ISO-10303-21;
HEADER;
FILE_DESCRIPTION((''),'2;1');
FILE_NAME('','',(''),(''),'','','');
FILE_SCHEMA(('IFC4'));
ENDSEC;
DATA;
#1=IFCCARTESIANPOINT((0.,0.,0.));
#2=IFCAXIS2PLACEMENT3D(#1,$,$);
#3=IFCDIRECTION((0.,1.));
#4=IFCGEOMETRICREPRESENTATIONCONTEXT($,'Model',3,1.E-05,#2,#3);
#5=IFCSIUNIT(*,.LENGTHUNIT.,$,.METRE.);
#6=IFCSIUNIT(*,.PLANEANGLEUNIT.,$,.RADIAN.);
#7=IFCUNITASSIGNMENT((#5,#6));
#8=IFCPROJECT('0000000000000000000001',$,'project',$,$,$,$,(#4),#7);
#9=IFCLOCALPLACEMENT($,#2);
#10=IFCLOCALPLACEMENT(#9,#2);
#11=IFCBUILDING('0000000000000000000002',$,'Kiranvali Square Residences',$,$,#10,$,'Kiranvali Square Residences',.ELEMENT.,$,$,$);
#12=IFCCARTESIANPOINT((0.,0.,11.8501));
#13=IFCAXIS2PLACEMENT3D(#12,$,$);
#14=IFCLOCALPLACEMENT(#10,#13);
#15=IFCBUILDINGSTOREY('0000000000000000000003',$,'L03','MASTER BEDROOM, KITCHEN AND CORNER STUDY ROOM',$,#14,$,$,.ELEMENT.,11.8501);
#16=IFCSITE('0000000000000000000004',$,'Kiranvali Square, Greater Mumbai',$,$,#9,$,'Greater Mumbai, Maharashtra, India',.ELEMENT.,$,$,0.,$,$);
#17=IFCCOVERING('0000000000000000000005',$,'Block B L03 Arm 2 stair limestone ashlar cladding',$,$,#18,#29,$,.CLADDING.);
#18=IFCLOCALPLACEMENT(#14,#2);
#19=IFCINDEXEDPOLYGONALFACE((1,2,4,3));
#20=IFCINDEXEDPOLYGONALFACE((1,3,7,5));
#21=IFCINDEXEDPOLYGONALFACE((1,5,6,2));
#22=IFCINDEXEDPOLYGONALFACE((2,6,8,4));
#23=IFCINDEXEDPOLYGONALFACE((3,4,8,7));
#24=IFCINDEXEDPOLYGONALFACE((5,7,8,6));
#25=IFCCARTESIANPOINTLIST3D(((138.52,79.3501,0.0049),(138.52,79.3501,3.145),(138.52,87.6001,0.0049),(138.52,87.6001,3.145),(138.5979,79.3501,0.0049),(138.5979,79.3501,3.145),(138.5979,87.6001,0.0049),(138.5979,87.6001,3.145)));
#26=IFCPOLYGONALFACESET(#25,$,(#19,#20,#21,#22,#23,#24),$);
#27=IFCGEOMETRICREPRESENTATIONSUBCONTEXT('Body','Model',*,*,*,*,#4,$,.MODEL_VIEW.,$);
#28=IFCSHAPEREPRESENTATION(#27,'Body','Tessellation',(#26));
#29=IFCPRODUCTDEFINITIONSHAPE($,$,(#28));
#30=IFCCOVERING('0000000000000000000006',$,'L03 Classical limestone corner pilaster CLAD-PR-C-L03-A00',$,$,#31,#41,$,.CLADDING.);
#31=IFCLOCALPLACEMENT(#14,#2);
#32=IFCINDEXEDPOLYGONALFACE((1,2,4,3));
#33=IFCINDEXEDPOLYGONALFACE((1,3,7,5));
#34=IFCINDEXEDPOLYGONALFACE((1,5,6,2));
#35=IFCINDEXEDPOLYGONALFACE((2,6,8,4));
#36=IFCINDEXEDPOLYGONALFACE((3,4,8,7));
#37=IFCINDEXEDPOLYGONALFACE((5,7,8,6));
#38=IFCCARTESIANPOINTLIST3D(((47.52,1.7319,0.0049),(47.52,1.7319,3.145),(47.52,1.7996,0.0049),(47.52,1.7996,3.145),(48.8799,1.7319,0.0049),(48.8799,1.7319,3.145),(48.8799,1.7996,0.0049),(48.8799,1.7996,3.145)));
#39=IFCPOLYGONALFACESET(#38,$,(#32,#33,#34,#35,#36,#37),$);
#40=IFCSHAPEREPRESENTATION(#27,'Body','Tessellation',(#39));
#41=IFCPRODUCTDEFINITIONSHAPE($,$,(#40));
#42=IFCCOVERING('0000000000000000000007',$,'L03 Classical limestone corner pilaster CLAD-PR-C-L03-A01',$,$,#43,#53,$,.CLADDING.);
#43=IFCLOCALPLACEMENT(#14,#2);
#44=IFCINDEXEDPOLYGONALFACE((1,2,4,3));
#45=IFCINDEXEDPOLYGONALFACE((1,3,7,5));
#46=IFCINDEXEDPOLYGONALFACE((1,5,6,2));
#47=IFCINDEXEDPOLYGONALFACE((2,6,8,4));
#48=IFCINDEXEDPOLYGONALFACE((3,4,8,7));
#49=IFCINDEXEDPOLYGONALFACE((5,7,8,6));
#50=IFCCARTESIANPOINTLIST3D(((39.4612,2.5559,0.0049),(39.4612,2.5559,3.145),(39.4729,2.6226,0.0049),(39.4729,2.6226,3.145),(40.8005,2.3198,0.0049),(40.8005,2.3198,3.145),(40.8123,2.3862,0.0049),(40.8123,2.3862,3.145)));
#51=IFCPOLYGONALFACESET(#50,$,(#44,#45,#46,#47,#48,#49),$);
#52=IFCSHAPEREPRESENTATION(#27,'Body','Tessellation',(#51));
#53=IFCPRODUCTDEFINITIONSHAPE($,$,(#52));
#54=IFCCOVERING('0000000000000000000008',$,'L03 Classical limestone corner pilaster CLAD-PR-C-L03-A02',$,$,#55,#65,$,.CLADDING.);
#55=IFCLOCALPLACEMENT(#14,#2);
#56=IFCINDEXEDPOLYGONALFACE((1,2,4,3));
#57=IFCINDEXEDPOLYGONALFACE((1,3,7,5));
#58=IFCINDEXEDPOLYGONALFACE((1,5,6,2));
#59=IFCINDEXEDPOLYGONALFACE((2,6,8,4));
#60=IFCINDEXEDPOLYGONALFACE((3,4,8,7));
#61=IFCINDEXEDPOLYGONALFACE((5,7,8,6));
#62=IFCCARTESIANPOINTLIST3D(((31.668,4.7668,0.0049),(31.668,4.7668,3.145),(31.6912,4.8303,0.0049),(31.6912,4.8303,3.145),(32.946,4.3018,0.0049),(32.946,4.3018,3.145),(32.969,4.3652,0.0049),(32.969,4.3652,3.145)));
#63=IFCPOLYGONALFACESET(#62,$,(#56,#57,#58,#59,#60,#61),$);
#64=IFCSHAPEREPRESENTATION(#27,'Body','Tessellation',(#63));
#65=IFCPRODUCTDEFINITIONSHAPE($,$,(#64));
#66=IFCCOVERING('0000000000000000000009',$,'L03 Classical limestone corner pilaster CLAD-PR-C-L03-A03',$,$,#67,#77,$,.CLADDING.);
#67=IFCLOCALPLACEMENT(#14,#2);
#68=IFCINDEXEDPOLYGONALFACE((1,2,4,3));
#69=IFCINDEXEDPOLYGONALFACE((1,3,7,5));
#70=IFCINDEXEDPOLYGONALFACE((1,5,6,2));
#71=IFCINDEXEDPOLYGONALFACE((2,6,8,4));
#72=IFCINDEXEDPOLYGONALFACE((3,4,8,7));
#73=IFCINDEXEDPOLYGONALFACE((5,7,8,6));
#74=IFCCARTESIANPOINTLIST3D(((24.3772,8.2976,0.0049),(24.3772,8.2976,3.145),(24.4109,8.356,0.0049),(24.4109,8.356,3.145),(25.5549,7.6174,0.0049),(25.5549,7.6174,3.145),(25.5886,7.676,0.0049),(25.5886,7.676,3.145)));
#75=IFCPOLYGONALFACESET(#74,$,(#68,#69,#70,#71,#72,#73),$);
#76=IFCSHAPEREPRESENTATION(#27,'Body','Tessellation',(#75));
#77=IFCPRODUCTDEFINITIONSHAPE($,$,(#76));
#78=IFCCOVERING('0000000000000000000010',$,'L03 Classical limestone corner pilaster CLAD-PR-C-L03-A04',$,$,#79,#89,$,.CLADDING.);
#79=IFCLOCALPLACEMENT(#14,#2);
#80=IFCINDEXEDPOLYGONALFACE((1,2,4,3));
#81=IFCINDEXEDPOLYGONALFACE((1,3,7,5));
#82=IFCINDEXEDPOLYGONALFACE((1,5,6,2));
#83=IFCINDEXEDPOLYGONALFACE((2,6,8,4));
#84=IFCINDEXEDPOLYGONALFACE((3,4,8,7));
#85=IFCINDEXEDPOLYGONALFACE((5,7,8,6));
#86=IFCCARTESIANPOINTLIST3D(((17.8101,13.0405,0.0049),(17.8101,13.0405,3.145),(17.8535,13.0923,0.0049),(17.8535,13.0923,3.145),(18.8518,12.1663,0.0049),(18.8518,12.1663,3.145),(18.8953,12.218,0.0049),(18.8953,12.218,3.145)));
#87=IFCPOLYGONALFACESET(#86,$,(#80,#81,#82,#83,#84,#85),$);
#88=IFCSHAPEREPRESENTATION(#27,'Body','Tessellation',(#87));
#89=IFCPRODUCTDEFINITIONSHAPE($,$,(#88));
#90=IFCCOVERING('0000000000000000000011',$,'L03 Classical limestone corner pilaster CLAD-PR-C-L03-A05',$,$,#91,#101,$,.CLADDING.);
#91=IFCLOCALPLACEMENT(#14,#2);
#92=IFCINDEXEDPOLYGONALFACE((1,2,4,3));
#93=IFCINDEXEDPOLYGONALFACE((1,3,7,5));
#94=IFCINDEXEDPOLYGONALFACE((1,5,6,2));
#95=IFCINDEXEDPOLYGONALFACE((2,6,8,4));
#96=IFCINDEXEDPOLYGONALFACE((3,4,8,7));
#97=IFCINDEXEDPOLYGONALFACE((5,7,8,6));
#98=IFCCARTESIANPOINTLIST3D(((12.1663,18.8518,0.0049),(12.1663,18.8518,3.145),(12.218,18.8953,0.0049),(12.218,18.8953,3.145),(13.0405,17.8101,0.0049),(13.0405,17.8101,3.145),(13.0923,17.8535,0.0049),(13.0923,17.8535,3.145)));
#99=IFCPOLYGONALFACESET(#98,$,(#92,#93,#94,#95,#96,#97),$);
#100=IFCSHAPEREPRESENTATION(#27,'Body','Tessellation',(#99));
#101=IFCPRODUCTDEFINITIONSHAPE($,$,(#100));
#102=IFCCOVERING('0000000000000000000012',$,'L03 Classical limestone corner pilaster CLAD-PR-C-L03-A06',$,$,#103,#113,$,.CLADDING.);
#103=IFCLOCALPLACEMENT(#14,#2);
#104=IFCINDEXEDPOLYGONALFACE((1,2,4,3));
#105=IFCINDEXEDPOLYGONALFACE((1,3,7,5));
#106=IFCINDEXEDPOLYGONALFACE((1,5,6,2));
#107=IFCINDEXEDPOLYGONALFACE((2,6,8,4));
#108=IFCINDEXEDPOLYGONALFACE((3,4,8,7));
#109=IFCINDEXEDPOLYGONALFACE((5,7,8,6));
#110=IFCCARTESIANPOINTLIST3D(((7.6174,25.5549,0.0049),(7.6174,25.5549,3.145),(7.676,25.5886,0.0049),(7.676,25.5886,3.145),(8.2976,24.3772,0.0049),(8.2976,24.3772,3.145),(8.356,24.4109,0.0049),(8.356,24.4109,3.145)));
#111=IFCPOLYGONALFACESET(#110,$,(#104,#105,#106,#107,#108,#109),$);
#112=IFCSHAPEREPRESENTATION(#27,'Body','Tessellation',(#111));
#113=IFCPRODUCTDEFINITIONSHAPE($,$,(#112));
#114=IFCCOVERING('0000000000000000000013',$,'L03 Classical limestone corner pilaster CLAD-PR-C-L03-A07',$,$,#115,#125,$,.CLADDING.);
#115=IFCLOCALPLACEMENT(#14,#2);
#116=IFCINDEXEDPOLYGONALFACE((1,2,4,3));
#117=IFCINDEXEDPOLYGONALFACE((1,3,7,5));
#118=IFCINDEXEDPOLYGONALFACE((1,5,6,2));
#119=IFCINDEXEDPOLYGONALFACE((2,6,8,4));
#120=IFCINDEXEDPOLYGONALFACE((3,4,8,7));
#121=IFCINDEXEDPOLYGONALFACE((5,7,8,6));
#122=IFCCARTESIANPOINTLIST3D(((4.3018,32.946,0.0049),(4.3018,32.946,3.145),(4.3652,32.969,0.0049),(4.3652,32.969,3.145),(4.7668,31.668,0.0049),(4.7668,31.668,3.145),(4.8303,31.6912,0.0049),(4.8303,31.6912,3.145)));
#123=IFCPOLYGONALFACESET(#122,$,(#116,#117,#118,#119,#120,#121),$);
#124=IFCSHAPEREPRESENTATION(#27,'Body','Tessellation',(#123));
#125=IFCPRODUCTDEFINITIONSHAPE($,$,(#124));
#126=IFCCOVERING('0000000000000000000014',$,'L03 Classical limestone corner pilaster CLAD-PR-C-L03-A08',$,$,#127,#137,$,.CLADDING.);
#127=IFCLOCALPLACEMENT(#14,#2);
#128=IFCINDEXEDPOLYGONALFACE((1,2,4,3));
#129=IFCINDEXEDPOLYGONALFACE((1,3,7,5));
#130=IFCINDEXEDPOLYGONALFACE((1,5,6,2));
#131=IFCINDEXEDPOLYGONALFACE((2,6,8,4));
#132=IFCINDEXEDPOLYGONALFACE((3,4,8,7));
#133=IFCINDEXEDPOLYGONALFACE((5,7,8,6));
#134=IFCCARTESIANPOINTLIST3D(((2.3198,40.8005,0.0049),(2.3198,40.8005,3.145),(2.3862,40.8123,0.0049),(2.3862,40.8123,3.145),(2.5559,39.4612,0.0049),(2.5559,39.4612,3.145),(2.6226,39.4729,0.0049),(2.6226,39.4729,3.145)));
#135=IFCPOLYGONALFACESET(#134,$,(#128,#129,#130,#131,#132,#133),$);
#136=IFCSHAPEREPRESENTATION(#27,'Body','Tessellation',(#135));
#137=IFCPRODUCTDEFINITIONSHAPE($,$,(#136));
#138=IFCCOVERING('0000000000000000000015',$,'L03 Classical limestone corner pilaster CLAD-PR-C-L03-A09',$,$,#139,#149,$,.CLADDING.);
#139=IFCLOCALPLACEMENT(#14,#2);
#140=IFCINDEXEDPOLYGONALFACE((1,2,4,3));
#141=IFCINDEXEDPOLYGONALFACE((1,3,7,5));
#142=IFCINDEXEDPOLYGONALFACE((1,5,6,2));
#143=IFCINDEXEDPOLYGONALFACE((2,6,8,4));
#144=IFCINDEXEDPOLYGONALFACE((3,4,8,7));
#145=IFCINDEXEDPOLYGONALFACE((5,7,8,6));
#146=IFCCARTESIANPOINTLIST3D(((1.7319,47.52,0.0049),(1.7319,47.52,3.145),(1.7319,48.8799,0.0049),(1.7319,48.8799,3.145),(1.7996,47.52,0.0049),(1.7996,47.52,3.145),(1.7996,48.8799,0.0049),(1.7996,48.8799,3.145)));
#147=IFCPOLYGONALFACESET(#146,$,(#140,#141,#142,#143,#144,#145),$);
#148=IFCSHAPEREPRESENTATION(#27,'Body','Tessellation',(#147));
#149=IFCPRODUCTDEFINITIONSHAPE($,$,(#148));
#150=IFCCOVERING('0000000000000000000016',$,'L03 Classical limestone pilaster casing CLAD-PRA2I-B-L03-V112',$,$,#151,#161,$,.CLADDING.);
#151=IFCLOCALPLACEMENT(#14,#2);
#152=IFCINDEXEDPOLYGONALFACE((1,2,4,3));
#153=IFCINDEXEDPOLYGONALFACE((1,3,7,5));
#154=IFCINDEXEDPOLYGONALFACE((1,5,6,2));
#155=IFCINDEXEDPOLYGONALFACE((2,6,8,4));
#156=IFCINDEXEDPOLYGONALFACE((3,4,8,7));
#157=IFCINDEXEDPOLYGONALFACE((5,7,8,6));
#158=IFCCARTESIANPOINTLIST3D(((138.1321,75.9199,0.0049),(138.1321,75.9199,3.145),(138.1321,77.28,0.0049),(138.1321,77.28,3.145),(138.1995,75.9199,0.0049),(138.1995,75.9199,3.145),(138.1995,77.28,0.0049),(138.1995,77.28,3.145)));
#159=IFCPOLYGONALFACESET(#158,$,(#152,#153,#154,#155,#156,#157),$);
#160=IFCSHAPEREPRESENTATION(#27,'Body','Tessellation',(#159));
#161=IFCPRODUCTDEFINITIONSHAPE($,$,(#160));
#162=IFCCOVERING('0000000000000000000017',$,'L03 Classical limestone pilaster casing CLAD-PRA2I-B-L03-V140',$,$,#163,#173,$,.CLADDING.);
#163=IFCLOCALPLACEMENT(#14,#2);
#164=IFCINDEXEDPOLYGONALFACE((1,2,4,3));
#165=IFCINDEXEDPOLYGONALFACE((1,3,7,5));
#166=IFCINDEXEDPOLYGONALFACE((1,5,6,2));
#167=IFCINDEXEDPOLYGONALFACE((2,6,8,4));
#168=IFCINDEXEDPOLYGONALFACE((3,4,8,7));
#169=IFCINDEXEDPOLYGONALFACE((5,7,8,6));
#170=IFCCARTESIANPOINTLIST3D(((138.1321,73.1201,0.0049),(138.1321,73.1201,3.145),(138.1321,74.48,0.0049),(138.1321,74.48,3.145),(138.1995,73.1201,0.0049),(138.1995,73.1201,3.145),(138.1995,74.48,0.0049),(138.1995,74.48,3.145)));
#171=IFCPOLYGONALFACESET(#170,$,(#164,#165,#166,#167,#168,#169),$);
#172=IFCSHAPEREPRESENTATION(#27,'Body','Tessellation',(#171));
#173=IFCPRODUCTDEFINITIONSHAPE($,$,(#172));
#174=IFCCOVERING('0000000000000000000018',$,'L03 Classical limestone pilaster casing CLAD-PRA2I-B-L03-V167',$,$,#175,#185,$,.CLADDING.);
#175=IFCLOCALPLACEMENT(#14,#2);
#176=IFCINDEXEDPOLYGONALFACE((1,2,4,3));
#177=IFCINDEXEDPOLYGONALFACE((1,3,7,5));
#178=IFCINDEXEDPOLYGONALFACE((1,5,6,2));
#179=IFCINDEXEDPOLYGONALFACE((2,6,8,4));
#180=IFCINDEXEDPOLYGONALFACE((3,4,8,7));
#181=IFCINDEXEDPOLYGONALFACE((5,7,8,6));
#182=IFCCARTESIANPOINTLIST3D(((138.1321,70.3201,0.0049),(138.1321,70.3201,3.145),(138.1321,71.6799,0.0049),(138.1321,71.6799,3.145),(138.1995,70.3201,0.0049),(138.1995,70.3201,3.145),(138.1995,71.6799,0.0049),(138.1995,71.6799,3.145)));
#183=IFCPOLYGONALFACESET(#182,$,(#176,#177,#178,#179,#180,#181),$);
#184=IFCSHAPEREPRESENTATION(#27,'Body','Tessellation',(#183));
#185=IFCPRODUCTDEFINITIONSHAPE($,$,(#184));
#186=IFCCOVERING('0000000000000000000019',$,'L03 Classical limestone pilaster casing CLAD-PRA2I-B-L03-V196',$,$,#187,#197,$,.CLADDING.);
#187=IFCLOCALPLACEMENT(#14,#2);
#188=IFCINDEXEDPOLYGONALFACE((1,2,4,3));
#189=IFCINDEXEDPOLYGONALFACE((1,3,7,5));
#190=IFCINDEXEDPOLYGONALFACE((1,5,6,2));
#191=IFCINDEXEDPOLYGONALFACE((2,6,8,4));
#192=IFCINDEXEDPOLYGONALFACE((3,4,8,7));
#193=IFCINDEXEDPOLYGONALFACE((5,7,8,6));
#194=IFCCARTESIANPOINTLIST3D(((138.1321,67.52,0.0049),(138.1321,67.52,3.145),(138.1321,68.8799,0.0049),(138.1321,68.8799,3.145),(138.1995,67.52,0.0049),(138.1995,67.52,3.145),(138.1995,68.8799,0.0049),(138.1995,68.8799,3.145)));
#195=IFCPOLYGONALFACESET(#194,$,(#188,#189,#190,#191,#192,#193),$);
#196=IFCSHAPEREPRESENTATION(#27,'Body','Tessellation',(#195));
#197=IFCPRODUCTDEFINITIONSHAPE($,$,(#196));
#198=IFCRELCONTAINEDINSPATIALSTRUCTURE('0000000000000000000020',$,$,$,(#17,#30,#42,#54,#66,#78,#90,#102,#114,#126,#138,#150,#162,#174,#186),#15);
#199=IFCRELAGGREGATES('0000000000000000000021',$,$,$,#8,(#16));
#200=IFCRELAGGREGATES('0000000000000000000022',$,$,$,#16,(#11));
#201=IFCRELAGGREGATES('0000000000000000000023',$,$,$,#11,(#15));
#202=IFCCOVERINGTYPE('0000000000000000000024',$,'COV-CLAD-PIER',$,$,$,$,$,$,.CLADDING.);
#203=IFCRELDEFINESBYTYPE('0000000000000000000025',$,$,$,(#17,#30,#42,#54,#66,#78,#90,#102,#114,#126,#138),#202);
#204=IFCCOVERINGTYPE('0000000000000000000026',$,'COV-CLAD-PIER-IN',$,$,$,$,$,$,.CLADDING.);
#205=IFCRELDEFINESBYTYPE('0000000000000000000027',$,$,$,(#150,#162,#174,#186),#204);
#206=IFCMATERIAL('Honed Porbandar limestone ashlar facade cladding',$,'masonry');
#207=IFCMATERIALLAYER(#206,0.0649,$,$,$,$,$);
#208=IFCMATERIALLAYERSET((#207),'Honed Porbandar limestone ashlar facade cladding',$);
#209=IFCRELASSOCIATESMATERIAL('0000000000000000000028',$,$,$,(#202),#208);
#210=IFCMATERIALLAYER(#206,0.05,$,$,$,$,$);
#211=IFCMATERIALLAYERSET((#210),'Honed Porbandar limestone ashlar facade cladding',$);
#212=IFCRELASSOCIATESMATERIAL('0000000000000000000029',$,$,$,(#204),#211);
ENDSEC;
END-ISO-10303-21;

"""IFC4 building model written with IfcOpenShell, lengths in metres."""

from ifc_helpers import new_model, si_unit, direction, frame, origin, place, context, subcontext, project, spatial, polyline, outline, extrude, material, layer, layer_set, type_object, element, save


model = new_model("IFC4")

# Units and contexts
model_context = context("Model", 3, precision=1e-05, world=origin(), true_north=direction((0.0, 1.0)))
body_context = subcontext(model_context, "Body", "Model", "MODEL_VIEW")
ifc_project = project(units=[si_unit("LENGTHUNIT", "METRE"), si_unit("PLANEANGLEUNIT", "RADIAN")], contexts=[model_context])

# Site, building, storey
site_placement = place(None, origin())
site = spatial("IfcSite", under=ifc_project, at=site_placement, Name="Kiranvali Square, Greater Mumbai", LongName="Greater Mumbai, Maharashtra, India", CompositionType="ELEMENT", RefElevation=0.0)
building_placement = place(site_placement, origin())
building = spatial("IfcBuilding", under=site, at=building_placement, Name="Kiranvali Square Residences", LongName="Kiranvali Square Residences", CompositionType="ELEMENT")
storey_placement = place(building_placement, frame((0.0, 0.0, 11.8501)))
storey = spatial("IfcBuildingStorey", under=building, at=storey_placement, Name="L03", Description="MASTER BEDROOM, KITCHEN AND CORNER STUDY ROOM", CompositionType="ELEMENT", Elevation=11.8501)

# Coverings
ifc_material = material(Name="Honed Porbandar limestone ashlar facade cladding", Category="masonry")
ifc_layer_1 = layer(ifc_material, 0.0649)
ifc_layer_set_1 = layer_set([ifc_layer_1], Name="Honed Porbandar limestone ashlar facade cladding")
covering_type_1 = type_object("IfcCoveringType", Name="COV-CLAD-PIER", PredefinedType="CLADDING", material=ifc_layer_set_1)
covering_1_placement = place(storey_placement, frame((0.0, 0.0, 0.0049)))
element("IfcCovering", 1, at=covering_1_placement, inside=storey, type_object=covering_type_1, Name="Block B L03 Arm 2 stair limestone ashlar cladding", PredefinedType="CLADDING", context=body_context, shape_type="SweptSolid", body=[
    extrude(outline(polyline([(138.52, 87.6001), (138.52, 79.3501), (138.5979, 79.3501), (138.5979, 87.6001), (138.52, 87.6001)])), origin(), (0.0, 0.0, 1.0), 3.1401),
])
covering_2_placement = place(storey_placement, frame((0.0, 0.0, 0.0049)))
element("IfcCovering", 2, at=covering_2_placement, inside=storey, type_object=covering_type_1, Name="L03 Classical limestone corner pilaster CLAD-PR-C-L03-A00", PredefinedType="CLADDING", context=body_context, shape_type="SweptSolid", body=[
    extrude(outline(polyline([(47.52, 1.7319), (48.8799, 1.7319), (48.8799, 1.7996), (47.52, 1.7996), (47.52, 1.7319)])), origin(), (0.0, 0.0, 1.0), 3.1401),
])
covering_3_placement = place(storey_placement, frame((0.0, 0.0, 0.0049)))
element("IfcCovering", 3, at=covering_3_placement, inside=storey, type_object=covering_type_1, Name="L03 Classical limestone corner pilaster CLAD-PR-C-L03-A01", PredefinedType="CLADDING", context=body_context, shape_type="SweptSolid", body=[
    extrude(outline(polyline([(39.4612, 2.5559), (40.8005, 2.3198), (40.8123, 2.3862), (39.4729, 2.6226), (39.4612, 2.5559)])), origin(), (0.0, 0.0, 1.0), 3.1401),
])
covering_4_placement = place(storey_placement, frame((0.0, 0.0, 0.0049)))
element("IfcCovering", 4, at=covering_4_placement, inside=storey, type_object=covering_type_1, Name="L03 Classical limestone corner pilaster CLAD-PR-C-L03-A02", PredefinedType="CLADDING", context=body_context, shape_type="SweptSolid", body=[
    extrude(outline(polyline([(31.668, 4.7668), (32.946, 4.3018), (32.969, 4.3652), (31.6912, 4.8303), (31.668, 4.7668)])), origin(), (0.0, 0.0, 1.0), 3.1401),
])
covering_5_placement = place(storey_placement, frame((0.0, 0.0, 0.0049)))
element("IfcCovering", 5, at=covering_5_placement, inside=storey, type_object=covering_type_1, Name="L03 Classical limestone corner pilaster CLAD-PR-C-L03-A03", PredefinedType="CLADDING", context=body_context, shape_type="SweptSolid", body=[
    extrude(outline(polyline([(24.3772, 8.2976), (25.5549, 7.6174), (25.5886, 7.676), (24.4109, 8.356), (24.3772, 8.2976)])), origin(), (0.0, 0.0, 1.0), 3.1401),
])
covering_6_placement = place(storey_placement, frame((0.0, 0.0, 0.0049)))
element("IfcCovering", 6, at=covering_6_placement, inside=storey, type_object=covering_type_1, Name="L03 Classical limestone corner pilaster CLAD-PR-C-L03-A04", PredefinedType="CLADDING", context=body_context, shape_type="SweptSolid", body=[
    extrude(outline(polyline([(17.8101, 13.0405), (18.8518, 12.1663), (18.8953, 12.218), (17.8535, 13.0923), (17.8101, 13.0405)])), origin(), (0.0, 0.0, 1.0), 3.1401),
])
covering_7_placement = place(storey_placement, frame((0.0, 0.0, 0.0049)))
element("IfcCovering", 7, at=covering_7_placement, inside=storey, type_object=covering_type_1, Name="L03 Classical limestone corner pilaster CLAD-PR-C-L03-A05", PredefinedType="CLADDING", context=body_context, shape_type="SweptSolid", body=[
    extrude(outline(polyline([(12.1663, 18.8518), (13.0405, 17.8101), (13.0923, 17.8535), (12.218, 18.8953), (12.1663, 18.8518)])), origin(), (0.0, 0.0, 1.0), 3.1401),
])
covering_8_placement = place(storey_placement, frame((0.0, 0.0, 0.0049)))
element("IfcCovering", 8, at=covering_8_placement, inside=storey, type_object=covering_type_1, Name="L03 Classical limestone corner pilaster CLAD-PR-C-L03-A06", PredefinedType="CLADDING", context=body_context, shape_type="SweptSolid", body=[
    extrude(outline(polyline([(7.6174, 25.5549), (8.2976, 24.3772), (8.356, 24.4109), (7.676, 25.5886), (7.6174, 25.5549)])), origin(), (0.0, 0.0, 1.0), 3.1401),
])
covering_9_placement = place(storey_placement, frame((0.0, 0.0, 0.0049)))
element("IfcCovering", 9, at=covering_9_placement, inside=storey, type_object=covering_type_1, Name="L03 Classical limestone corner pilaster CLAD-PR-C-L03-A07", PredefinedType="CLADDING", context=body_context, shape_type="SweptSolid", body=[
    extrude(outline(polyline([(4.3018, 32.946), (4.7668, 31.668), (4.8303, 31.6912), (4.3652, 32.969), (4.3018, 32.946)])), origin(), (0.0, 0.0, 1.0), 3.1401),
])
covering_10_placement = place(storey_placement, frame((0.0, 0.0, 0.0049)))
element("IfcCovering", 10, at=covering_10_placement, inside=storey, type_object=covering_type_1, Name="L03 Classical limestone corner pilaster CLAD-PR-C-L03-A08", PredefinedType="CLADDING", context=body_context, shape_type="SweptSolid", body=[
    extrude(outline(polyline([(2.3198, 40.8005), (2.5559, 39.4612), (2.6226, 39.4729), (2.3862, 40.8123), (2.3198, 40.8005)])), origin(), (0.0, 0.0, 1.0), 3.1401),
])
covering_11_placement = place(storey_placement, frame((0.0, 0.0, 0.0049)))
element("IfcCovering", 11, at=covering_11_placement, inside=storey, type_object=covering_type_1, Name="L03 Classical limestone corner pilaster CLAD-PR-C-L03-A09", PredefinedType="CLADDING", context=body_context, shape_type="SweptSolid", body=[
    extrude(outline(polyline([(1.7319, 48.8799), (1.7319, 47.52), (1.7996, 47.52), (1.7996, 48.8799), (1.7319, 48.8799)])), origin(), (0.0, 0.0, 1.0), 3.1401),
])
ifc_layer_2 = layer(ifc_material, 0.05)
ifc_layer_set_2 = layer_set([ifc_layer_2], Name="Honed Porbandar limestone ashlar facade cladding")
covering_type_2 = type_object("IfcCoveringType", Name="COV-CLAD-PIER-IN", PredefinedType="CLADDING", material=ifc_layer_set_2)
covering_12_placement = place(storey_placement, frame((0.0, 0.0, 0.0049)))
element("IfcCovering", 12, at=covering_12_placement, inside=storey, type_object=covering_type_2, Name="L03 Classical limestone pilaster casing CLAD-PRA2I-B-L03-V112", PredefinedType="CLADDING", context=body_context, shape_type="SweptSolid", body=[
    extrude(outline(polyline([(138.1321, 77.28), (138.1321, 75.9199), (138.1995, 75.9199), (138.1995, 77.28), (138.1321, 77.28)])), origin(), (0.0, 0.0, 1.0), 3.1401),
])
covering_13_placement = place(storey_placement, frame((0.0, 0.0, 0.0049)))
element("IfcCovering", 13, at=covering_13_placement, inside=storey, type_object=covering_type_2, Name="L03 Classical limestone pilaster casing CLAD-PRA2I-B-L03-V140", PredefinedType="CLADDING", context=body_context, shape_type="SweptSolid", body=[
    extrude(outline(polyline([(138.1321, 74.48), (138.1321, 73.1201), (138.1995, 73.1201), (138.1995, 74.48), (138.1321, 74.48)])), origin(), (0.0, 0.0, 1.0), 3.1401),
])
covering_14_placement = place(storey_placement, frame((0.0, 0.0, 0.0049)))
element("IfcCovering", 14, at=covering_14_placement, inside=storey, type_object=covering_type_2, Name="L03 Classical limestone pilaster casing CLAD-PRA2I-B-L03-V167", PredefinedType="CLADDING", context=body_context, shape_type="SweptSolid", body=[
    extrude(outline(polyline([(138.1321, 71.6799), (138.1321, 70.3201), (138.1995, 70.3201), (138.1995, 71.6799), (138.1321, 71.6799)])), origin(), (0.0, 0.0, 1.0), 3.1401),
])
covering_15_placement = place(storey_placement, frame((0.0, 0.0, 0.0049)))
element("IfcCovering", 15, at=covering_15_placement, inside=storey, type_object=covering_type_2, Name="L03 Classical limestone pilaster casing CLAD-PRA2I-B-L03-V196", PredefinedType="CLADDING", context=body_context, shape_type="SweptSolid", body=[
    extrude(outline(polyline([(138.1321, 68.8799), (138.1321, 67.52), (138.1995, 67.52), (138.1995, 68.8799), (138.1321, 68.8799)])), origin(), (0.0, 0.0, 1.0), 3.1401),
])

save(model, "model.ifc")
